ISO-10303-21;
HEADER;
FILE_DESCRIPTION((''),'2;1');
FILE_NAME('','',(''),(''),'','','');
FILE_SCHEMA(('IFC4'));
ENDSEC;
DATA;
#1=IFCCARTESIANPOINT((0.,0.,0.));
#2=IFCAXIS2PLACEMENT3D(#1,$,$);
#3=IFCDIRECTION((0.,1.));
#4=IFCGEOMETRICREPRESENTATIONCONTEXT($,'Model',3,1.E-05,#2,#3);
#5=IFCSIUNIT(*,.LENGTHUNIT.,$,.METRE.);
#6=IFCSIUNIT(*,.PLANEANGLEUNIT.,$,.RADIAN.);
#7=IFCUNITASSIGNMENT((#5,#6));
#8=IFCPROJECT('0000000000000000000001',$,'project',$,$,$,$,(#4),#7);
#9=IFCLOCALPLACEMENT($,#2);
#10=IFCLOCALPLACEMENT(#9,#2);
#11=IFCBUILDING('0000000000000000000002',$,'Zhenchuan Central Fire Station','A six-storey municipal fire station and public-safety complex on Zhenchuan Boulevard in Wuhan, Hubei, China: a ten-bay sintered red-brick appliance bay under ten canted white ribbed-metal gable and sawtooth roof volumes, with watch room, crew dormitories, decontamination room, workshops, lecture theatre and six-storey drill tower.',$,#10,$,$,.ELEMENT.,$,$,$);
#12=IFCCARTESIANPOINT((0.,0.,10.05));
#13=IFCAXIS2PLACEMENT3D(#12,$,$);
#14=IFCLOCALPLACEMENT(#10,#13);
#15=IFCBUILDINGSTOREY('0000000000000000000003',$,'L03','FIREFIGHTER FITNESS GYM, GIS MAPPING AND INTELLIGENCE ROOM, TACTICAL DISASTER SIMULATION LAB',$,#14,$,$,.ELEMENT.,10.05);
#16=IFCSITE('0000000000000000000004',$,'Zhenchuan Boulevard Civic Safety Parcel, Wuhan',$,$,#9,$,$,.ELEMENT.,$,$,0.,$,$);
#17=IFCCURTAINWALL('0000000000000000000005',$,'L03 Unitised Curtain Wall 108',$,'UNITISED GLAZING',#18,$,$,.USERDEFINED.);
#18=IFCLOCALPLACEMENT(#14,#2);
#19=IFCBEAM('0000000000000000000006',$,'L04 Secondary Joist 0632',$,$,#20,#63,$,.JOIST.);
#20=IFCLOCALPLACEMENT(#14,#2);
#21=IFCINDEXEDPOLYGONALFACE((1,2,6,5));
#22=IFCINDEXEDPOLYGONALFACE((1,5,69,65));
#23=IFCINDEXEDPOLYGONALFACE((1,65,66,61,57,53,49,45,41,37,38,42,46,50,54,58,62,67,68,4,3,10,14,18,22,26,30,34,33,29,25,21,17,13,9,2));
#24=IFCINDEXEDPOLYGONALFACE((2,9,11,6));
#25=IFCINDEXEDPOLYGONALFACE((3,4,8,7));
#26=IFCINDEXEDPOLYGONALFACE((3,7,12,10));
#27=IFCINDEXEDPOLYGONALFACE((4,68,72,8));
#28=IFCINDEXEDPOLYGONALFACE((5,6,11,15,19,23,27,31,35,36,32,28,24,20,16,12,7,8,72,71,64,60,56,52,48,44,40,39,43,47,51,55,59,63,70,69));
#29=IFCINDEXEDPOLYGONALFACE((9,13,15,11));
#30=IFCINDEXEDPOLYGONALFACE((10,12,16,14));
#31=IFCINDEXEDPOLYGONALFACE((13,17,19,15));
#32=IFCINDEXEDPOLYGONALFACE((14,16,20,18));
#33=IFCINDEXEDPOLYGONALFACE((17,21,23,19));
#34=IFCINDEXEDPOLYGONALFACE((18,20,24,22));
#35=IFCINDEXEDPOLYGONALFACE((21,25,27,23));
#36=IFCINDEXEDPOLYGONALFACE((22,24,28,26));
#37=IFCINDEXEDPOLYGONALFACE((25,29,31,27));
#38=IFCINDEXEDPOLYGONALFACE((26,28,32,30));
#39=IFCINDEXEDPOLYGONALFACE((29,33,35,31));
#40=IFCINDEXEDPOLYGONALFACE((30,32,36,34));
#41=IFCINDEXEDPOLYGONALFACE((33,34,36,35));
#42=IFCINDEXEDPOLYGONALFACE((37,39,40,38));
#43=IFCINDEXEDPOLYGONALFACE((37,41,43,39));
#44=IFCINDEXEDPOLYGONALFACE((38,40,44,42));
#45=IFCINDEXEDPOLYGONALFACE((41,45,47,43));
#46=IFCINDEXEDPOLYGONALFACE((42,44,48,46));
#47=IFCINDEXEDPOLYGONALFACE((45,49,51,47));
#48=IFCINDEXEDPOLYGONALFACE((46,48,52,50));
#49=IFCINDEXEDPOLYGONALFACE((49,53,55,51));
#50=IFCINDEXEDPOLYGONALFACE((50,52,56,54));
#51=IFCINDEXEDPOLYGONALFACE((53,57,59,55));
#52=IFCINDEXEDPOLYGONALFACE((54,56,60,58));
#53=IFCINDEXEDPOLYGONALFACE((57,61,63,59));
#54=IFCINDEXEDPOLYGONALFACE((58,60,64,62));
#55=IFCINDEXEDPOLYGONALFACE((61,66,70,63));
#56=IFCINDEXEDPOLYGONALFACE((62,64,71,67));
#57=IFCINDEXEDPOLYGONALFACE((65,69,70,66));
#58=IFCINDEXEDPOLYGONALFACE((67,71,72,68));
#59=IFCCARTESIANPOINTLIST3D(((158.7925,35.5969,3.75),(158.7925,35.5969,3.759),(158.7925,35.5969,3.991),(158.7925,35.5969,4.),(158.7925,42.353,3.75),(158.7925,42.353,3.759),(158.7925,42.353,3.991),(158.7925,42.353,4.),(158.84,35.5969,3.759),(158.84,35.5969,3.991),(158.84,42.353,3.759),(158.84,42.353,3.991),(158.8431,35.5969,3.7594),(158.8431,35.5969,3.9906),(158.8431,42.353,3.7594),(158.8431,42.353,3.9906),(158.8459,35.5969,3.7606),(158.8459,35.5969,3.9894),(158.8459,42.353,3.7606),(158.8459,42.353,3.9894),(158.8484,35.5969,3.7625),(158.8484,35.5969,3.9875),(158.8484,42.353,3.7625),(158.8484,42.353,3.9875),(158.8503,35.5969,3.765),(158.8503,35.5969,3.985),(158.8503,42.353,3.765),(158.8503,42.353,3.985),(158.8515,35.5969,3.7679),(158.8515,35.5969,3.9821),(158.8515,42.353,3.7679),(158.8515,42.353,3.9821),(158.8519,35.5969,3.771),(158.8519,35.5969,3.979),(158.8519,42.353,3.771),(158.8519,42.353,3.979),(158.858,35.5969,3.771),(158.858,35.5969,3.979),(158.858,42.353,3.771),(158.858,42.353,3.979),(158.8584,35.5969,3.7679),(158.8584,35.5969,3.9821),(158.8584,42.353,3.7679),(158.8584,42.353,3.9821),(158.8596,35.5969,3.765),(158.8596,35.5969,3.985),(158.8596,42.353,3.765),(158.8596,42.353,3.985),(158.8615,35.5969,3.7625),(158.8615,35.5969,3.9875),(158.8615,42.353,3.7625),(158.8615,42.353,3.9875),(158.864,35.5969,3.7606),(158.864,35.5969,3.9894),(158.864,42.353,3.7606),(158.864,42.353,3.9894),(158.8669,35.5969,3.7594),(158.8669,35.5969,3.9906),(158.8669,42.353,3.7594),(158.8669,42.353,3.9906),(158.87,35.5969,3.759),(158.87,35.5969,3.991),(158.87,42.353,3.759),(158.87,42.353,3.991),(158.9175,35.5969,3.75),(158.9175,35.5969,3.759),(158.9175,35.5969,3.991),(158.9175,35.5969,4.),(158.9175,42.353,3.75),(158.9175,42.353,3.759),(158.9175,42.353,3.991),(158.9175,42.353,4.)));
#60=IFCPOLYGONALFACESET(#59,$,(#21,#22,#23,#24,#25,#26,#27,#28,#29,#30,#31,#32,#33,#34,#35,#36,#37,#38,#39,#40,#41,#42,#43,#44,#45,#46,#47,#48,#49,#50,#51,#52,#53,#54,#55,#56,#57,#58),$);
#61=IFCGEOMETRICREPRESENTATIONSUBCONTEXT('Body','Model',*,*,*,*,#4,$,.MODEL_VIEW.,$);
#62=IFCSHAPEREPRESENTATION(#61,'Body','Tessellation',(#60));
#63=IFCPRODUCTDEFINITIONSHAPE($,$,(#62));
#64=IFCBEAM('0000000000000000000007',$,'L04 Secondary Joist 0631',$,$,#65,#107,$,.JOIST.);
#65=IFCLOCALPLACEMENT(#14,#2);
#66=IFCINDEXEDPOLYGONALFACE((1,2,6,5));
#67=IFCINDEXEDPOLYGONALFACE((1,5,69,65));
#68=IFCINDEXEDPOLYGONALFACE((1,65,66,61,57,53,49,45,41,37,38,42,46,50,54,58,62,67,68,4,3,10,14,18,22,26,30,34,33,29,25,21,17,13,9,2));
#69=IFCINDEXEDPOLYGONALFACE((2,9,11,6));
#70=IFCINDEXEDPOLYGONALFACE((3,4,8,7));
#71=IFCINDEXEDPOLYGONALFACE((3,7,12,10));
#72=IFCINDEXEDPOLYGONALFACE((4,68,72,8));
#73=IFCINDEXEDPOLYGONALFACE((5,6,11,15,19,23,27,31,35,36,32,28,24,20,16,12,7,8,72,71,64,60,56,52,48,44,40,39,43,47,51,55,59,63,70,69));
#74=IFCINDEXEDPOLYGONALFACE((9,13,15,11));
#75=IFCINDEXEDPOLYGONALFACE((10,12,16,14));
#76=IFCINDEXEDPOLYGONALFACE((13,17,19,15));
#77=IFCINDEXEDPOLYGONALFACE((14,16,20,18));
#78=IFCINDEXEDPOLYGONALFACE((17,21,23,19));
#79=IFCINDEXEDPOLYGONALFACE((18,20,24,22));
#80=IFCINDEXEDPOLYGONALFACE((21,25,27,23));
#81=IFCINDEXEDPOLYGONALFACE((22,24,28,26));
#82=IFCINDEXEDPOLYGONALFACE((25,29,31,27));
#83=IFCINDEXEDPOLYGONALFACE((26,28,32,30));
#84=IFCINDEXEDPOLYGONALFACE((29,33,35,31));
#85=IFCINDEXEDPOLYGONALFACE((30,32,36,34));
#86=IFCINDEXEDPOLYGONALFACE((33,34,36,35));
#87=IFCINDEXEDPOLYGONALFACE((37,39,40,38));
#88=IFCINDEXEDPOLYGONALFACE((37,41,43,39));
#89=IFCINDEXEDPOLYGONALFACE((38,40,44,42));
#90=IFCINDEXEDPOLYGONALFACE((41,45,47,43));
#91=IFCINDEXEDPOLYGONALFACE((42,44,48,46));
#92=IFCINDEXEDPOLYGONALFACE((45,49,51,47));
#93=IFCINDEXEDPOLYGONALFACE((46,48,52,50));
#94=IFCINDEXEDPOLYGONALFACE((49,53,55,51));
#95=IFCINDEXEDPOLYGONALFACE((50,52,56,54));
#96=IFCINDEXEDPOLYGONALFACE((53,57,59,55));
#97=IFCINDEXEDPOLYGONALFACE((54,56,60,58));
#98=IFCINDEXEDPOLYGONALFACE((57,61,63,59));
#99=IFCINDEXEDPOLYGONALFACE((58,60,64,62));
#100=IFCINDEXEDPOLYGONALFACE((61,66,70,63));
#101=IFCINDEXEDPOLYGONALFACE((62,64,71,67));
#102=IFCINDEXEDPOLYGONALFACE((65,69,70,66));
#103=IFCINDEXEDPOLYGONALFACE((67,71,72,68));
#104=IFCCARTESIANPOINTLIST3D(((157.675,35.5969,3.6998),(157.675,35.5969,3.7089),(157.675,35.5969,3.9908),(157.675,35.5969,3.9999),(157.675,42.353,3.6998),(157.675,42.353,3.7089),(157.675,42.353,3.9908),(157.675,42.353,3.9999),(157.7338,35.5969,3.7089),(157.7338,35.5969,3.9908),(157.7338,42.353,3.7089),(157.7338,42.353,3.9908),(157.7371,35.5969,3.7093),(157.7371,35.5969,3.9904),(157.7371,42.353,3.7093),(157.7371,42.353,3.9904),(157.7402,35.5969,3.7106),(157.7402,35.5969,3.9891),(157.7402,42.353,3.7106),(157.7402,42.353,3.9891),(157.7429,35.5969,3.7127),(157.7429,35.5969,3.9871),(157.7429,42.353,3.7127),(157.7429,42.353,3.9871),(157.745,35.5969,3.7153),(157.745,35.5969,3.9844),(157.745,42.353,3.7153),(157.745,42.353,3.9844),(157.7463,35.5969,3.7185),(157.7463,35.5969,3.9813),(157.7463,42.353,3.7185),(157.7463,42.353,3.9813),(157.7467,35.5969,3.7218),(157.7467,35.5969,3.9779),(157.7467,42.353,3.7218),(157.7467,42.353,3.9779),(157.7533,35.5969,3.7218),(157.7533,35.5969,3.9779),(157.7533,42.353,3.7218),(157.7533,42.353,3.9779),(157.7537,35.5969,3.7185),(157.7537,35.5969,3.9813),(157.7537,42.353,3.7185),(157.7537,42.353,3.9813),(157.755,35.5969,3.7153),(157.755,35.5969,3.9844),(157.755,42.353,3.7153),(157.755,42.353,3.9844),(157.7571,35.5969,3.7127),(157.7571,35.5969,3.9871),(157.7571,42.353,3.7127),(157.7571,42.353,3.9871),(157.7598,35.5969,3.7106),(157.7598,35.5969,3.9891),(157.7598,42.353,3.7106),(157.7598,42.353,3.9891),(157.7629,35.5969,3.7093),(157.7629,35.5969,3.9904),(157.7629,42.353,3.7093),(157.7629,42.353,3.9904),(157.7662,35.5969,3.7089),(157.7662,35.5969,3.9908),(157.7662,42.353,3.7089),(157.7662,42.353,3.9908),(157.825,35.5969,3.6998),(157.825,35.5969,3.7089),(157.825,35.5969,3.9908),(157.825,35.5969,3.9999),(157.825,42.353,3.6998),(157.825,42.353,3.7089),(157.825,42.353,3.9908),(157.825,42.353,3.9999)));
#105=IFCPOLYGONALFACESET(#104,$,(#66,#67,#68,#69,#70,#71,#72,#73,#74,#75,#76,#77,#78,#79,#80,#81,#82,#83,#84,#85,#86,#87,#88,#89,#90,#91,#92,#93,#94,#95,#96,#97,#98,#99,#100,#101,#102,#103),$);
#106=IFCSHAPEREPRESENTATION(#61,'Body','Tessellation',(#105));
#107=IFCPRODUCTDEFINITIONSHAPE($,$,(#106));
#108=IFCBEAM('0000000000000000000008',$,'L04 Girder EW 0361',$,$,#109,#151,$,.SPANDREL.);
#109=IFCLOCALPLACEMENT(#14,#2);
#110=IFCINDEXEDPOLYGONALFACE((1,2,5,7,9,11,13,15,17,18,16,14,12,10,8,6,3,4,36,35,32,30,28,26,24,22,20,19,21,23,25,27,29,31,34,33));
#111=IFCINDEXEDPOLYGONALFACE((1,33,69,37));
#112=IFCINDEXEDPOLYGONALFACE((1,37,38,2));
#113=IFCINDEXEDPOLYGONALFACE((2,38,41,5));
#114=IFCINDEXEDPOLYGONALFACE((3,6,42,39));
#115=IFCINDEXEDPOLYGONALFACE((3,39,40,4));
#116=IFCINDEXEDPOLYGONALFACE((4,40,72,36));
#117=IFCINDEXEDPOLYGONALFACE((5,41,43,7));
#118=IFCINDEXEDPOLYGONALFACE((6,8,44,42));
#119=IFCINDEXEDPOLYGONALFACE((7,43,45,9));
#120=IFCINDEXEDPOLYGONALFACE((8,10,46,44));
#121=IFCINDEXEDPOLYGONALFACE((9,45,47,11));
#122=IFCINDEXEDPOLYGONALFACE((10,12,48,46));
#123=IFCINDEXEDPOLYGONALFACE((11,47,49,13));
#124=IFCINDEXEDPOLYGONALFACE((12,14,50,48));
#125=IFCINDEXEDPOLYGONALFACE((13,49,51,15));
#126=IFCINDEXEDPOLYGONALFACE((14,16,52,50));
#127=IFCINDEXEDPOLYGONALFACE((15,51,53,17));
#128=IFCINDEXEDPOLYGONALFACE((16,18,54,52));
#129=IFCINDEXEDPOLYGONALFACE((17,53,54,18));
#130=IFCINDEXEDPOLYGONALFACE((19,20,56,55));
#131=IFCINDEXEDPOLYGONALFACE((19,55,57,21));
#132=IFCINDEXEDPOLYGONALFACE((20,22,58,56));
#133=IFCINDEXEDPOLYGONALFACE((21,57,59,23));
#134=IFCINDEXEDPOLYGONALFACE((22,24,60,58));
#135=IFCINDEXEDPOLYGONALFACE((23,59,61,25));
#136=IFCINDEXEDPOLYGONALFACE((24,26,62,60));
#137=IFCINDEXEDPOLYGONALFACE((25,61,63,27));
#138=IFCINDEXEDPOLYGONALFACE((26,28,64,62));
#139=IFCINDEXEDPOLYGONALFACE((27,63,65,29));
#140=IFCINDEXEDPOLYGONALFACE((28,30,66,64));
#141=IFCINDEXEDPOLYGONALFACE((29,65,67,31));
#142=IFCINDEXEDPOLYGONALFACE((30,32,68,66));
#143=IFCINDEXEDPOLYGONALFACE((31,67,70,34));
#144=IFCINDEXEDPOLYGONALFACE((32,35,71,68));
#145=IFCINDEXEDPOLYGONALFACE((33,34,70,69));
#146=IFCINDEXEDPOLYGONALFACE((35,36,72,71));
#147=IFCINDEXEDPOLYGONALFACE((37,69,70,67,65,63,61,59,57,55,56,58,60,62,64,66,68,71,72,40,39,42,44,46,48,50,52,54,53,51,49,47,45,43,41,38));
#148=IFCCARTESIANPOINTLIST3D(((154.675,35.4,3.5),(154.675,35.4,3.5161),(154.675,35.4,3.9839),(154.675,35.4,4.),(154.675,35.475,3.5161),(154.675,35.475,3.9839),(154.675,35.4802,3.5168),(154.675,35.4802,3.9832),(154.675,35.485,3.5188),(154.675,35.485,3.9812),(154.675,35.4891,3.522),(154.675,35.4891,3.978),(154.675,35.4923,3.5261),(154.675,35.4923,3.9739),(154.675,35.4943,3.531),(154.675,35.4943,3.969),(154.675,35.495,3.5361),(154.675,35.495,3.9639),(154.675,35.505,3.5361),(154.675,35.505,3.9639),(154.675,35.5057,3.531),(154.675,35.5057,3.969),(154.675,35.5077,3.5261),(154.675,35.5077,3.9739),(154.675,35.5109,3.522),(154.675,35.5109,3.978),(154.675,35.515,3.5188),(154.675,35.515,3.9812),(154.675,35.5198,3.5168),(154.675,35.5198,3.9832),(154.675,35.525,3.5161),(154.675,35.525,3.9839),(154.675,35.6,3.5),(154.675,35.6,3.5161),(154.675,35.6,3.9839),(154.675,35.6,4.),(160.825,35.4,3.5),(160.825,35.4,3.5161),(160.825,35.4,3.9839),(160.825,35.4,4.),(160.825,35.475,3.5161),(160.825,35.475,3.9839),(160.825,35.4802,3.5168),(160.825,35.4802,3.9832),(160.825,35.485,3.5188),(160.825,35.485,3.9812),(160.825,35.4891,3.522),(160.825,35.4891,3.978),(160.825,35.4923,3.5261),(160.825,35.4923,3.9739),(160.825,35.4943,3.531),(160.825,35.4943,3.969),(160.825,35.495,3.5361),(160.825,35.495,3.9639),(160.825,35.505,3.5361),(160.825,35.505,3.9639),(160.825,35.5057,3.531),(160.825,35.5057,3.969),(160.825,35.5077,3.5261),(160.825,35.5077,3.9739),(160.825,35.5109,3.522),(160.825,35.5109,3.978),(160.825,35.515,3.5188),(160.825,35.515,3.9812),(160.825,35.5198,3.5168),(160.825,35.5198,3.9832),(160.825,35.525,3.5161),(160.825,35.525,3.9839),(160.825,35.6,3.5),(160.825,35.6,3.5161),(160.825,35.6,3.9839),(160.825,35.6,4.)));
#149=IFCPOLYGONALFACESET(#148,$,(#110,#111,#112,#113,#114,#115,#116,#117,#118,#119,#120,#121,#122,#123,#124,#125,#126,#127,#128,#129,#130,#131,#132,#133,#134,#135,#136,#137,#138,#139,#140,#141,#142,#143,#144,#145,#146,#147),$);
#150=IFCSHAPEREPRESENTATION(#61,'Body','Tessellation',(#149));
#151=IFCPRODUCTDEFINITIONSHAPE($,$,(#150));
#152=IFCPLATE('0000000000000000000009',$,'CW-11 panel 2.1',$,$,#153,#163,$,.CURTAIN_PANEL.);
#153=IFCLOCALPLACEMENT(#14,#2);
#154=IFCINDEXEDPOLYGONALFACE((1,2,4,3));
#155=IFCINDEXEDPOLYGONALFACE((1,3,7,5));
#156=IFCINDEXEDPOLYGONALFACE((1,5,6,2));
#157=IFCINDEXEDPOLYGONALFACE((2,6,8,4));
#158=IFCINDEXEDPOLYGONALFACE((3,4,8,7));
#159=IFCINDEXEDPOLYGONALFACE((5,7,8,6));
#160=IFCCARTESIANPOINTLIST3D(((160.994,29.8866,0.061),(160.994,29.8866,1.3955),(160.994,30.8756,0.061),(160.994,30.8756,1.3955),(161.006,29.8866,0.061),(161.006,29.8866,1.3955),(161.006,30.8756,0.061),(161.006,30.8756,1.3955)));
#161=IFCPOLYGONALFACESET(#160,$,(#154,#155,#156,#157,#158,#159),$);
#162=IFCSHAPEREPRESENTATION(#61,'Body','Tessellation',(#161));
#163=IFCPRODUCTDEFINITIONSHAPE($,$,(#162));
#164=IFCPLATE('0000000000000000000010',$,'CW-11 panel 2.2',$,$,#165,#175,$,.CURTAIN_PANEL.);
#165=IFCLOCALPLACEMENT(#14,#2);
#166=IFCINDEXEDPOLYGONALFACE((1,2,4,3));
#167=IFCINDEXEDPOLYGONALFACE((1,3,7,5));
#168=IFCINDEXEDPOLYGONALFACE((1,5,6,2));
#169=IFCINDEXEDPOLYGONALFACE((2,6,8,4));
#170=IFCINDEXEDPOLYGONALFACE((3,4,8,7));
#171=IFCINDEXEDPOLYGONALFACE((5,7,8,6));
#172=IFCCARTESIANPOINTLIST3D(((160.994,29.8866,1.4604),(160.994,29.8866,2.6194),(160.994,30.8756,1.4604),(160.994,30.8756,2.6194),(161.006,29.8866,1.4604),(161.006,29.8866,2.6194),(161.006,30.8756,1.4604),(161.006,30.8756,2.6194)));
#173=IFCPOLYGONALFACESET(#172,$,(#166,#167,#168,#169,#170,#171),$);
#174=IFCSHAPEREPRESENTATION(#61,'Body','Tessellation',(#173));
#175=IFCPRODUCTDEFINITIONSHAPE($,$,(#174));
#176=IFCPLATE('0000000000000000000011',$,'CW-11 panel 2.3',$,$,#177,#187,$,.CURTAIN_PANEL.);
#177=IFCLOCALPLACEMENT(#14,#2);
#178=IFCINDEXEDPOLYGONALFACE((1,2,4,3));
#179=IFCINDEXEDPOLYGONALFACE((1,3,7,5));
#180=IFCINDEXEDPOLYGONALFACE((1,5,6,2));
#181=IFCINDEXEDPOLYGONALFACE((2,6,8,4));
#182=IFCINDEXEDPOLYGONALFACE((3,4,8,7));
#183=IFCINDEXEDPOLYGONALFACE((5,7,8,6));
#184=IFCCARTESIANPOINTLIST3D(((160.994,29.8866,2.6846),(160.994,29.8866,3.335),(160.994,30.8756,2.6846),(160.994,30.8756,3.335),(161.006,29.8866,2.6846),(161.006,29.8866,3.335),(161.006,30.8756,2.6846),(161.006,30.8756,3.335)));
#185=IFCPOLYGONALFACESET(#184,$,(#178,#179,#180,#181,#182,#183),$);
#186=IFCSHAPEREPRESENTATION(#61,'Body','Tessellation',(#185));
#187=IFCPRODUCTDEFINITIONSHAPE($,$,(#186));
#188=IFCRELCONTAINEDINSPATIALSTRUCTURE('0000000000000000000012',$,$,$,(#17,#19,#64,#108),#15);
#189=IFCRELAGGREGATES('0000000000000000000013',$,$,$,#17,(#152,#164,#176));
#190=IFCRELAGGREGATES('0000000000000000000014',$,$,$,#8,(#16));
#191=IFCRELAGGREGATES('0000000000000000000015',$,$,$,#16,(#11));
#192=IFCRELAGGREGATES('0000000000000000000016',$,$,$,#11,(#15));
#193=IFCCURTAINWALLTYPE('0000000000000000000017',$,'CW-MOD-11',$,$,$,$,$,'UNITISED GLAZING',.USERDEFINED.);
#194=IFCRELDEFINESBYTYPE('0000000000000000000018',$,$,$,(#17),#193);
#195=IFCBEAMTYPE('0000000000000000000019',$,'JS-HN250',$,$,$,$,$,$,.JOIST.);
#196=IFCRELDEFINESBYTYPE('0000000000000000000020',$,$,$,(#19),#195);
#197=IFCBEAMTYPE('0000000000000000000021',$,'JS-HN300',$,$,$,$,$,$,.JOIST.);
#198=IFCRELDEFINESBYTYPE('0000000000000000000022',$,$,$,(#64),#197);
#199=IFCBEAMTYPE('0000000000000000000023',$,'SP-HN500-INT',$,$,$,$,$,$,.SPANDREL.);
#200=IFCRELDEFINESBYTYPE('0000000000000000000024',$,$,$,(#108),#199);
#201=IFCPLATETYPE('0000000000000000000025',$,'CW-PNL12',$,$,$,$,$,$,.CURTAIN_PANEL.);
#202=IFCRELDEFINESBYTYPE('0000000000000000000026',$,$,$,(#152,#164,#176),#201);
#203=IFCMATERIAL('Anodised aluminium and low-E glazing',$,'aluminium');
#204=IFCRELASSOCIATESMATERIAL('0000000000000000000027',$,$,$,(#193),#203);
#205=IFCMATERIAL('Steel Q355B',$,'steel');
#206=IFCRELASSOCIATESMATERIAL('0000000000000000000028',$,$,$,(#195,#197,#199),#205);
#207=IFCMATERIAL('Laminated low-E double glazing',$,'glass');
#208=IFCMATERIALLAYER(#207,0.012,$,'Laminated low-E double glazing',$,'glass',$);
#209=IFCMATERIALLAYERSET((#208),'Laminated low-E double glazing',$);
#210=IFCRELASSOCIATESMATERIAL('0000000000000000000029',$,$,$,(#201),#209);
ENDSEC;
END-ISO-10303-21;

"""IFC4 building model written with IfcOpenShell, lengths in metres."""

from ifc_helpers import new_model, si_unit, direction, frame, origin, origin_2d, place, context, subcontext, project, spatial, rectangle, i_section, extrude, material, layer, layer_set, material_profile, profile_set, type_object, element, aggregate, save


model = new_model("IFC4")

# Units and contexts
model_context = context("Model", 3, precision=1e-05, world=origin(), true_north=direction((0.0, 1.0)))
body_context = subcontext(model_context, "Body", "Model", "MODEL_VIEW")
ifc_project = project(units=[si_unit("LENGTHUNIT", "METRE"), si_unit("PLANEANGLEUNIT", "RADIAN")], contexts=[model_context])

# Site, building, storey
site_placement = place(None, origin())
site = spatial("IfcSite", under=ifc_project, at=site_placement, Name="Zhenchuan Boulevard Civic Safety Parcel, Wuhan", CompositionType="ELEMENT", RefElevation=0.0)
building_placement = place(site_placement, origin())
building = spatial("IfcBuilding", under=site, at=building_placement, Name="Zhenchuan Central Fire Station", Description="A six-storey municipal fire station and public-safety complex on Zhenchuan Boulevard in Wuhan, Hubei, China: a ten-bay sintered red-brick appliance bay under ten canted white ribbed-metal gable and sawtooth roof volumes, with watch room, crew dormitories, decontamination room, workshops, lecture theatre and six-storey drill tower.", CompositionType="ELEMENT")
storey_placement = place(building_placement, frame((0.0, 0.0, 10.05)))
storey = spatial("IfcBuildingStorey", under=building, at=storey_placement, Name="L03", Description="FIREFIGHTER FITNESS GYM, GIS MAPPING AND INTELLIGENCE ROOM, TACTICAL DISASTER SIMULATION LAB", CompositionType="ELEMENT", Elevation=10.05)

# Shared definitions
ifc_material_1 = material(Name="Steel Q355B", Category="steel")

# Curtain wall
ifc_material_2 = material(Name="Anodised aluminium and low-E glazing", Category="aluminium")
curtain_wall_type_1 = type_object("IfcCurtainWallType", Name="CW-MOD-11", ElementType="UNITISED GLAZING", PredefinedType="USERDEFINED", material=ifc_material_2)
curtain_wall_1_placement = place(storey_placement, origin())
curtain_wall_1 = element("IfcCurtainWall", 1, at=curtain_wall_1_placement, inside=storey, type_object=curtain_wall_type_1, Name="L03 Unitised Curtain Wall 108", ObjectType="UNITISED GLAZING", PredefinedType="USERDEFINED")

# Beams
ifc_material_profile_1 = material_profile(ifc_material_1, i_section(OverallWidth=0.125, OverallDepth=0.25, WebThickness=0.0061, FlangeThickness=0.009, FilletRadius=0.012, at=origin_2d()), Name="HN 250x125")
ifc_profile_set_1 = profile_set([ifc_material_profile_1], Name="Steel Q355B")
beam_type_1 = type_object("IfcBeamType", Name="JS-HN250", PredefinedType="JOIST", material=ifc_profile_set_1)
beam_1_placement = place(storey_placement, frame((158.855, 35.5969, 3.875), z_axis=(0.0, 1.0, 0.0), x_axis=(-1.0, 0.0, 0.0)))
element("IfcBeam", 2, at=beam_1_placement, inside=storey, type_object=beam_type_1, Name="L04 Secondary Joist 0632", PredefinedType="JOIST", context=body_context, shape_type="SweptSolid", body=[
    extrude(i_section(OverallWidth=0.125, OverallDepth=0.25, WebThickness=0.0061, FlangeThickness=0.009, FilletRadius=0.012, at=origin_2d()), origin(), (0.0, 0.0, 1.0), 6.7561),
])
ifc_material_profile_2 = material_profile(ifc_material_1, i_section(OverallWidth=0.1499, OverallDepth=0.3, WebThickness=0.0066, FlangeThickness=0.009, FilletRadius=0.0129, at=origin_2d()), Name="HN 300x150")
ifc_profile_set_2 = profile_set([ifc_material_profile_2], Name="Steel Q355B")
beam_type_2 = type_object("IfcBeamType", Name="JS-HN300", PredefinedType="JOIST", material=ifc_profile_set_2)
beam_2_placement = place(storey_placement, frame((157.75, 35.5969, 3.8499), z_axis=(0.0, 1.0, 0.0), x_axis=(-1.0, 0.0, 0.0)))
element("IfcBeam", 3, at=beam_2_placement, inside=storey, type_object=beam_type_2, Name="L04 Secondary Joist 0631", PredefinedType="JOIST", context=body_context, shape_type="SweptSolid", body=[
    extrude(i_section(OverallWidth=0.1499, OverallDepth=0.3, WebThickness=0.0066, FlangeThickness=0.009, FilletRadius=0.0129, at=origin_2d()), origin(), (0.0, 0.0, 1.0), 6.7561),
])
ifc_material_profile_3 = material_profile(ifc_material_1, i_section(OverallWidth=0.2, OverallDepth=0.5, WebThickness=0.01, FlangeThickness=0.0161, FilletRadius=0.02, at=origin_2d()), Name="HN 500x200")
ifc_profile_set_3 = profile_set([ifc_material_profile_3], Name="Steel Q355B")
beam_type_3 = type_object("IfcBeamType", Name="SP-HN500-INT", PredefinedType="SPANDREL", material=ifc_profile_set_3)
beam_3_placement = place(storey_placement, frame((154.675, 35.5, 3.75), z_axis=(1.0, 0.0, 0.0), x_axis=(0.0, 1.0, 0.0)))
element("IfcBeam", 4, at=beam_3_placement, inside=storey, type_object=beam_type_3, Name="L04 Girder EW 0361", PredefinedType="SPANDREL", context=body_context, shape_type="SweptSolid", body=[
    extrude(i_section(OverallWidth=0.2, OverallDepth=0.5, WebThickness=0.01, FlangeThickness=0.0161, FilletRadius=0.02, at=origin_2d()), origin(), (0.0, 0.0, 1.0), 6.1499),
])

# Plates
ifc_material_3 = material(Name="Laminated low-E double glazing", Category="glass")
ifc_layer_1 = layer(ifc_material_3, 0.012, Name="Laminated low-E double glazing", Category="glass")
ifc_layer_set_1 = layer_set([ifc_layer_1], Name="Laminated low-E double glazing")
plate_type = type_object("IfcPlateType", Name="CW-PNL12", PredefinedType="CURTAIN_PANEL", material=ifc_layer_set_1)
plate_1_placement = place(storey_placement, frame((161.0, 30.3811, 0.061), z_axis=(0.0, 0.0, 1.0), x_axis=(0.0, 1.0, 0.0)))
plate_1 = element("IfcPlate", 5, at=plate_1_placement, type_object=plate_type, Name="CW-11 panel 2.1", PredefinedType="CURTAIN_PANEL", context=body_context, shape_type="SweptSolid", body=[
    extrude(rectangle(XDim=0.989, YDim=0.012, at=origin_2d()), origin(), (0.0, 0.0, 1.0), 1.3345),
])
plate_2_placement = place(storey_placement, frame((161.0, 30.3811, 1.4604), z_axis=(0.0, 0.0, 1.0), x_axis=(0.0, 1.0, 0.0)))
plate_2 = element("IfcPlate", 6, at=plate_2_placement, type_object=plate_type, Name="CW-11 panel 2.2", PredefinedType="CURTAIN_PANEL", context=body_context, shape_type="SweptSolid", body=[
    extrude(rectangle(XDim=0.989, YDim=0.012, at=origin_2d()), origin(), (0.0, 0.0, 1.0), 1.1589),
])
plate_3_placement = place(storey_placement, frame((161.0, 30.3811, 2.6846), z_axis=(0.0, 0.0, 1.0), x_axis=(0.0, 1.0, 0.0)))
plate_3 = element("IfcPlate", 7, at=plate_3_placement, type_object=plate_type, Name="CW-11 panel 2.3", PredefinedType="CURTAIN_PANEL", context=body_context, shape_type="SweptSolid", body=[
    extrude(rectangle(XDim=0.989, YDim=0.012, at=origin_2d()), origin(), (0.0, 0.0, 1.0), 0.6504),
])
aggregate(curtain_wall_1, [plate_1, plate_2, plate_3])

save(model, "model.ifc")
